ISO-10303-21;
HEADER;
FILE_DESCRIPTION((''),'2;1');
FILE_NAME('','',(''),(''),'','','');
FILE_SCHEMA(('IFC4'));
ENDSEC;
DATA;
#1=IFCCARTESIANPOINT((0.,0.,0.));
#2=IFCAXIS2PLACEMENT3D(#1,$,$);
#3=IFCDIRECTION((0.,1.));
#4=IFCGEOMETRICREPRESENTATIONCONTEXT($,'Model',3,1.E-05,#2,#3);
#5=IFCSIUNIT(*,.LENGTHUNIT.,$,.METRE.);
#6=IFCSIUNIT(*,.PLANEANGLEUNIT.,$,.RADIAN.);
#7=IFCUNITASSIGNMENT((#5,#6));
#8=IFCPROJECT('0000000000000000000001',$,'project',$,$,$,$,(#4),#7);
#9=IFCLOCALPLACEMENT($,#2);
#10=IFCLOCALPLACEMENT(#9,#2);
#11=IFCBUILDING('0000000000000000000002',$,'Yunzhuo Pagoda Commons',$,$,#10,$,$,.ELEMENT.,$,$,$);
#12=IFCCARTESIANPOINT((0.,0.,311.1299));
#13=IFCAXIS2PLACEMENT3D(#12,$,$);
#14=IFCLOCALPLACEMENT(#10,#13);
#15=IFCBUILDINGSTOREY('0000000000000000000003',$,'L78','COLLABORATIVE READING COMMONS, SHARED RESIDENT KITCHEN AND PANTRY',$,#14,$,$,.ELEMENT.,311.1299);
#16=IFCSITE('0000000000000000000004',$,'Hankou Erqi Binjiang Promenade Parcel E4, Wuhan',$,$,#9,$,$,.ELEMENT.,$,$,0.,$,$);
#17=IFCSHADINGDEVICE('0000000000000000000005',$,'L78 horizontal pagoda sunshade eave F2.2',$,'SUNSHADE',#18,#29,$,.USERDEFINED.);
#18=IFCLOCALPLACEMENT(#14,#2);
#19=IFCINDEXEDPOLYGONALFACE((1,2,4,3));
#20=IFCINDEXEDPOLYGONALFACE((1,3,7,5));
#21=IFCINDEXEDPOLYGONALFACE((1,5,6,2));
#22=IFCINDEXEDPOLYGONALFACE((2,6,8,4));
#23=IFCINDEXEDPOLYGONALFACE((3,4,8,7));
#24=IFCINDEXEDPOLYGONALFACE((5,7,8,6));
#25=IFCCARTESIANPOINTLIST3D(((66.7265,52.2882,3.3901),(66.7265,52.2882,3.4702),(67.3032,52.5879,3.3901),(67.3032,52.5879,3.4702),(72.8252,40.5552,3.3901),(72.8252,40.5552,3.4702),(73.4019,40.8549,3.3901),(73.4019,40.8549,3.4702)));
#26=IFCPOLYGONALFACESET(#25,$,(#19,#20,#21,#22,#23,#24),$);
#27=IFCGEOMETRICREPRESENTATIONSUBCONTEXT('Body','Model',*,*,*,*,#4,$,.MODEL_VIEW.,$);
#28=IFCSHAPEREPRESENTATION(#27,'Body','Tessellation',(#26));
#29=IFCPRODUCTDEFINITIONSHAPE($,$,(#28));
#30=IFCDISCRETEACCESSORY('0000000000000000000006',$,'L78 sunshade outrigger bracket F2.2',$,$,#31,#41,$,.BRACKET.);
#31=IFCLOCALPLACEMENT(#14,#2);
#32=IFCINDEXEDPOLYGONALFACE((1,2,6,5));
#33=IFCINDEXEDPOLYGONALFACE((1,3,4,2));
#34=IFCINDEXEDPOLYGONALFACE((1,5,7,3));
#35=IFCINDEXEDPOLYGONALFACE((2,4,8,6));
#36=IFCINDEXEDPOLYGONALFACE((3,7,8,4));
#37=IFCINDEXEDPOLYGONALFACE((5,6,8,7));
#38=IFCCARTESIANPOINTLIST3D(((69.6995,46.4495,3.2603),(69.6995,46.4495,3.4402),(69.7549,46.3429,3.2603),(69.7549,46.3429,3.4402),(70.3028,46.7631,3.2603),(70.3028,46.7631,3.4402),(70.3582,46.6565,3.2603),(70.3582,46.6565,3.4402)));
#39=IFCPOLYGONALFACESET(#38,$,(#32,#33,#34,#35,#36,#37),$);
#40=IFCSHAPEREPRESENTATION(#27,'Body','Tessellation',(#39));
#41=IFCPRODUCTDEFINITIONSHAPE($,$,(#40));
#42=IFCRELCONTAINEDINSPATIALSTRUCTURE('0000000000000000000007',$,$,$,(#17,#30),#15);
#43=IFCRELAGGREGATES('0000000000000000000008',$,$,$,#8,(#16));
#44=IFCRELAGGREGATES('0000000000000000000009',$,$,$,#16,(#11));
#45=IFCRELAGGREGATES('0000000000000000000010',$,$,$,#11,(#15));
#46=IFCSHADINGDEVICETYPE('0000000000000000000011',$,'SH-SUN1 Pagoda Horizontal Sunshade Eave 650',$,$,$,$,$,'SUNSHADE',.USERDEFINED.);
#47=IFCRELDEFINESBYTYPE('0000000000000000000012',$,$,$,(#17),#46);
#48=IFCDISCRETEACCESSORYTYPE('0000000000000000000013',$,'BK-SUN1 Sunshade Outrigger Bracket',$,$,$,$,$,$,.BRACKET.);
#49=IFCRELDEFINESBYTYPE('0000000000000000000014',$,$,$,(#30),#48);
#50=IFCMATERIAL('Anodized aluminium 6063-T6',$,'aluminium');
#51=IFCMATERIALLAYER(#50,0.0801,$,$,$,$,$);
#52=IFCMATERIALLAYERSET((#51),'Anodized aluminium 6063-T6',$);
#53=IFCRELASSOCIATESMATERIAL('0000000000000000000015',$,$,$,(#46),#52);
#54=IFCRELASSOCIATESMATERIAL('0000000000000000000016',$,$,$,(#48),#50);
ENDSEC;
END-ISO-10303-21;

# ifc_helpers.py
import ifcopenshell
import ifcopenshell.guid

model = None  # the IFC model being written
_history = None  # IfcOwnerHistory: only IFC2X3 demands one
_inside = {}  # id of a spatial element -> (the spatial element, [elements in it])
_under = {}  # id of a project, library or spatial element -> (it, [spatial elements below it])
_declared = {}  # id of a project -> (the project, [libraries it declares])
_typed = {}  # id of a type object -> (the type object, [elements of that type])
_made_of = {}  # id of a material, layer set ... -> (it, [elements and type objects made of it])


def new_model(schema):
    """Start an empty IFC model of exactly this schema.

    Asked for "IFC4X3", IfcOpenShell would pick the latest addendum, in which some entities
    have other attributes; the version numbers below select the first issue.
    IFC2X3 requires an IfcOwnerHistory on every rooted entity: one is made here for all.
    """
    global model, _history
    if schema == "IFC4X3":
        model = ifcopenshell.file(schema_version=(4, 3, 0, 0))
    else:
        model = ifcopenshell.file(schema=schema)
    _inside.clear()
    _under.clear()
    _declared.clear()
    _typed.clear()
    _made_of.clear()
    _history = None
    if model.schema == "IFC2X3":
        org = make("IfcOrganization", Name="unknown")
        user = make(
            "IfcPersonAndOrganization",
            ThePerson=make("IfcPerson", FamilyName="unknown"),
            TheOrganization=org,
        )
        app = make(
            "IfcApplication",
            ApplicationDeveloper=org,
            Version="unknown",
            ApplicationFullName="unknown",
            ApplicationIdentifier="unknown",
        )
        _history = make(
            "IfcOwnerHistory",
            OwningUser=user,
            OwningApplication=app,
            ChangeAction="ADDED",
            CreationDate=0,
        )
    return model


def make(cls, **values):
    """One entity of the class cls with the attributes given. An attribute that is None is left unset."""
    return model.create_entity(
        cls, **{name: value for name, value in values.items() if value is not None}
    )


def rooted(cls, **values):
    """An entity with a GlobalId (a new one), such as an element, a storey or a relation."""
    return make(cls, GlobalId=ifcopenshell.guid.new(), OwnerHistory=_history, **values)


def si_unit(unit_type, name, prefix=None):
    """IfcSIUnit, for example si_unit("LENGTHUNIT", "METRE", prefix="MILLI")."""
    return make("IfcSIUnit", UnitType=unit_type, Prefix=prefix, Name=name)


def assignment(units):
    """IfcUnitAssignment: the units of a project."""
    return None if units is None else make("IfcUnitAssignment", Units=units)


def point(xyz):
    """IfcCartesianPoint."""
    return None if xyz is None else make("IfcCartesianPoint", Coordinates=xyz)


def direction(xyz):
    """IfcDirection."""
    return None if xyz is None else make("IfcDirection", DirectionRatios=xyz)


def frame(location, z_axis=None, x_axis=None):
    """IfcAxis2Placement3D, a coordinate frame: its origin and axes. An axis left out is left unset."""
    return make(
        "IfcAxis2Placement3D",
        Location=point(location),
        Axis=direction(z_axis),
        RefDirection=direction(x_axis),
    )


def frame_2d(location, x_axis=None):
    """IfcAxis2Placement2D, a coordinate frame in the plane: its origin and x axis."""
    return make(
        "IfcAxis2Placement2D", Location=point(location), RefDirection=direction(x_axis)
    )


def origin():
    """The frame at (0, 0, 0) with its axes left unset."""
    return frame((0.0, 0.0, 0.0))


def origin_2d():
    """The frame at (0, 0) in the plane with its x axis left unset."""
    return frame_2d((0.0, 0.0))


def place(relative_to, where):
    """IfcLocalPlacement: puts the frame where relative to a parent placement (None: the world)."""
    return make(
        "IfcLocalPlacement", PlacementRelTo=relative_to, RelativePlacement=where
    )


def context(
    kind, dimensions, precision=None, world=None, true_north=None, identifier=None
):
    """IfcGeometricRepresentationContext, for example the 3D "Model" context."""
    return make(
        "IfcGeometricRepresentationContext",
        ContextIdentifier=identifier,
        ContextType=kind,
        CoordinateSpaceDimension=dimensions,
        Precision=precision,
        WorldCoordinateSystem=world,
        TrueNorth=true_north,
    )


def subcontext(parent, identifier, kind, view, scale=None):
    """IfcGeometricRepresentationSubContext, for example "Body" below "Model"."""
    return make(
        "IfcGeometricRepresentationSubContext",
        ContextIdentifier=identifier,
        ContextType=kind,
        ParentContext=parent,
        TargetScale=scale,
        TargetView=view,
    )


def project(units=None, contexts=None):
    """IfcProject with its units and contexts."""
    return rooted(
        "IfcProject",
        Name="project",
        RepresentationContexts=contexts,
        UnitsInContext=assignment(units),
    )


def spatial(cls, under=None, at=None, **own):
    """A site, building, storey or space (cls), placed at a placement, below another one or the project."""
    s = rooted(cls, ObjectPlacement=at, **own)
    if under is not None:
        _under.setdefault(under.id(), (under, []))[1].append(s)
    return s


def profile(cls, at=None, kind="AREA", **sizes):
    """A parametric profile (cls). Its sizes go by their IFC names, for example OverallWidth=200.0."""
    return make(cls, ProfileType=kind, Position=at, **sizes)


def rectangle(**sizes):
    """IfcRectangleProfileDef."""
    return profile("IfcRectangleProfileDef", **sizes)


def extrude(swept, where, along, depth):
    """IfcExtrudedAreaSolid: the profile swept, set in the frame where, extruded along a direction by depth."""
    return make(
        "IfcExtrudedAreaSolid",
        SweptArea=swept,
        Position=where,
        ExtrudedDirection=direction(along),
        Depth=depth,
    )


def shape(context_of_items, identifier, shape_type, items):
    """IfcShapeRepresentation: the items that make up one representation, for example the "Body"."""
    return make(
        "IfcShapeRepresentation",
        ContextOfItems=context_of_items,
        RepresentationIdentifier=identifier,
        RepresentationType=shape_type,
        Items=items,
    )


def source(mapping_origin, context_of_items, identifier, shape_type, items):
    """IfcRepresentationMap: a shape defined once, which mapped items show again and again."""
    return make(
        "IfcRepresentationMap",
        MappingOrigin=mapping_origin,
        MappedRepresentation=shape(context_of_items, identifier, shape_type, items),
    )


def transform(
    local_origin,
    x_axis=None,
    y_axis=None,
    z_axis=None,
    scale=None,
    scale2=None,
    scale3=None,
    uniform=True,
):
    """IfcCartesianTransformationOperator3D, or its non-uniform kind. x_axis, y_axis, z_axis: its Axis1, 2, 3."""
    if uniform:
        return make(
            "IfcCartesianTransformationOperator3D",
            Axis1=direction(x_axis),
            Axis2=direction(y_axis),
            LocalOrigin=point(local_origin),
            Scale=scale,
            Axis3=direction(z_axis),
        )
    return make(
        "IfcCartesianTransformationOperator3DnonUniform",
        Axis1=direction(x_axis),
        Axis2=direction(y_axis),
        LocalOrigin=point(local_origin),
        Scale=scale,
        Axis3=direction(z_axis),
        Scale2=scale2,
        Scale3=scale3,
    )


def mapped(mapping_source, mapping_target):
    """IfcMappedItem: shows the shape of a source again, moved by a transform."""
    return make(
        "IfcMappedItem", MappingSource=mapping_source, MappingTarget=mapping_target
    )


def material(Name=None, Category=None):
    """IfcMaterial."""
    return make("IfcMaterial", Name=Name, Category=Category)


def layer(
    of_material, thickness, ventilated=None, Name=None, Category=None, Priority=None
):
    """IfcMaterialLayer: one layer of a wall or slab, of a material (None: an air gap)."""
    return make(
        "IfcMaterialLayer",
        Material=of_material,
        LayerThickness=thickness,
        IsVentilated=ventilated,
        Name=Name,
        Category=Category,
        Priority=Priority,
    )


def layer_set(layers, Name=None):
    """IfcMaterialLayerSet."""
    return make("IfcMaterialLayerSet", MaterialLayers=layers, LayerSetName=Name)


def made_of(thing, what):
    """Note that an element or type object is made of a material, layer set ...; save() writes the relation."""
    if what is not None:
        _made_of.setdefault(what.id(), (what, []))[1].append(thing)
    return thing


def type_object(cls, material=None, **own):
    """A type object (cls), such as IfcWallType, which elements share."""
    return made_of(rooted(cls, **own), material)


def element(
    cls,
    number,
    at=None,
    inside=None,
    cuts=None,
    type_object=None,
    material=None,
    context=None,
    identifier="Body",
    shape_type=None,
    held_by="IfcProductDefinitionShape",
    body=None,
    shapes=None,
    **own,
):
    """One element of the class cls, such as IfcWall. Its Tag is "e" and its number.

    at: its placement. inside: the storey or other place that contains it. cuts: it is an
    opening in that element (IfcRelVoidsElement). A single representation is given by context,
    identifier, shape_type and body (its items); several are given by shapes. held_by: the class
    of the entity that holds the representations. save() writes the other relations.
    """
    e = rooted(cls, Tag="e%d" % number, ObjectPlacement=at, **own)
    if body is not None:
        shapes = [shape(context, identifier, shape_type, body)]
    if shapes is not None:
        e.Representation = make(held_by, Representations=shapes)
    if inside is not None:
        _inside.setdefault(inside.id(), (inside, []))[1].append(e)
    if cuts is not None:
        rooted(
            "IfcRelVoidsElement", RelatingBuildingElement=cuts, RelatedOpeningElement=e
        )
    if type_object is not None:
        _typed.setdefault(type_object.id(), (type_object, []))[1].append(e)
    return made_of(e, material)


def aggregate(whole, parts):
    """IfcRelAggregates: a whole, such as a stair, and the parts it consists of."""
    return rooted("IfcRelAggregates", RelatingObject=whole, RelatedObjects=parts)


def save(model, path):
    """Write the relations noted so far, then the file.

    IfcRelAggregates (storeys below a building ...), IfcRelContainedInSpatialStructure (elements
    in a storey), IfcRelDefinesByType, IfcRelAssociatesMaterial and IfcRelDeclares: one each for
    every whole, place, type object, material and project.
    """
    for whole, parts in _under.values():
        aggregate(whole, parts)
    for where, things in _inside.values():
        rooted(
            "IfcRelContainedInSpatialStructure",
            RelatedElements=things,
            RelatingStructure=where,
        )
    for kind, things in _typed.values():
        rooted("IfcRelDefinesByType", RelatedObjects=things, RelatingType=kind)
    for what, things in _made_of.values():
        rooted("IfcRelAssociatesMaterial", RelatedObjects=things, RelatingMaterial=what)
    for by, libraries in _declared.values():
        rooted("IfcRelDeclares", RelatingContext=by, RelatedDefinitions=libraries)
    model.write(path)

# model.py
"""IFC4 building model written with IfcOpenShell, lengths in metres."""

from ifc_helpers import new_model, si_unit, direction, frame, origin, origin_2d, place, context, subcontext, project, spatial, rectangle, extrude, source, transform, mapped, material, layer, layer_set, type_object, element, save


model = new_model("IFC4")

# Units and contexts
model_context = context("Model", 3, precision=1e-05, world=origin(), true_north=direction((0.0, 1.0)))
body_context = subcontext(model_context, "Body", "Model", "MODEL_VIEW")
ifc_project = project(units=[si_unit("LENGTHUNIT", "METRE"), si_unit("PLANEANGLEUNIT", "RADIAN")], contexts=[model_context])

# Site, building, storey
site_placement = place(None, origin())
site = spatial("IfcSite", under=ifc_project, at=site_placement, Name="Hankou Erqi Binjiang Promenade Parcel E4, Wuhan", CompositionType="ELEMENT", RefElevation=0.0)
building_placement = place(site_placement, origin())
building = spatial("IfcBuilding", under=site, at=building_placement, Name="Yunzhuo Pagoda Commons", CompositionType="ELEMENT")
storey_placement = place(building_placement, frame((0.0, 0.0, 311.1299)))
storey = spatial("IfcBuildingStorey", under=building, at=storey_placement, Name="L78", Description="COLLABORATIVE READING COMMONS, SHARED RESIDENT KITCHEN AND PANTRY", CompositionType="ELEMENT", Elevation=311.1299)

# Shared definitions
ifc_material_1 = material(Name="Anodized aluminium 6063-T6", Category="aluminium")

# Shading device
ifc_layer_1 = layer(ifc_material_1, 0.0801)
ifc_layer_set_1 = layer_set([ifc_layer_1], Name="Anodized aluminium 6063-T6")
shading_device_type = type_object("IfcShadingDeviceType", Name="SH-SUN1 Pagoda Horizontal Sunshade Eave 650", ElementType="SUNSHADE", PredefinedType="USERDEFINED", material=ifc_layer_set_1)
shared_shape_1 = source(origin(), body_context, "Body", "SweptSolid", [
    extrude(rectangle(XDim=13.2234, YDim=0.6499, at=origin_2d()), origin(), (0.0, 0.0, 1.0), 0.0801),
])
shading_device_placement = place(storey_placement, frame((70.0642, 46.5715, 3.3901), z_axis=(0.0, 0.0, 1.0), x_axis=(-0.461207, 0.887293, 0.0)))
element("IfcShadingDevice", 1, at=shading_device_placement, inside=storey, type_object=shading_device_type, Name="L78 horizontal pagoda sunshade eave F2.2", ObjectType="SUNSHADE", PredefinedType="USERDEFINED", context=body_context, shape_type="MappedRepresentation", body=[
    mapped(shared_shape_1, transform((0.0, 0.0, 0.0), scale=1.0)),
])

# Discrete accessory
discrete_accessory_type = type_object("IfcDiscreteAccessoryType", Name="BK-SUN1 Sunshade Outrigger Bracket", PredefinedType="BRACKET", material=ifc_material_1)
shared_shape_2 = source(origin(), body_context, "Body", "SweptSolid", [
    extrude(rectangle(XDim=0.1201, YDim=0.6799, at=origin_2d()), origin(), (0.0, 0.0, 1.0), 0.1799),
])
discrete_accessory_placement = place(storey_placement, frame((70.0288, 46.553, 3.2603), z_axis=(0.0, 0.0, 1.0), x_axis=(-0.461207, 0.887293, 0.0)))
element("IfcDiscreteAccessory", 2, at=discrete_accessory_placement, inside=storey, type_object=discrete_accessory_type, Name="L78 sunshade outrigger bracket F2.2", PredefinedType="BRACKET", context=body_context, shape_type="MappedRepresentation", body=[
    mapped(shared_shape_2, transform((0.0, 0.0, 0.0), scale=1.0)),
])

save(model, "model.ifc")
